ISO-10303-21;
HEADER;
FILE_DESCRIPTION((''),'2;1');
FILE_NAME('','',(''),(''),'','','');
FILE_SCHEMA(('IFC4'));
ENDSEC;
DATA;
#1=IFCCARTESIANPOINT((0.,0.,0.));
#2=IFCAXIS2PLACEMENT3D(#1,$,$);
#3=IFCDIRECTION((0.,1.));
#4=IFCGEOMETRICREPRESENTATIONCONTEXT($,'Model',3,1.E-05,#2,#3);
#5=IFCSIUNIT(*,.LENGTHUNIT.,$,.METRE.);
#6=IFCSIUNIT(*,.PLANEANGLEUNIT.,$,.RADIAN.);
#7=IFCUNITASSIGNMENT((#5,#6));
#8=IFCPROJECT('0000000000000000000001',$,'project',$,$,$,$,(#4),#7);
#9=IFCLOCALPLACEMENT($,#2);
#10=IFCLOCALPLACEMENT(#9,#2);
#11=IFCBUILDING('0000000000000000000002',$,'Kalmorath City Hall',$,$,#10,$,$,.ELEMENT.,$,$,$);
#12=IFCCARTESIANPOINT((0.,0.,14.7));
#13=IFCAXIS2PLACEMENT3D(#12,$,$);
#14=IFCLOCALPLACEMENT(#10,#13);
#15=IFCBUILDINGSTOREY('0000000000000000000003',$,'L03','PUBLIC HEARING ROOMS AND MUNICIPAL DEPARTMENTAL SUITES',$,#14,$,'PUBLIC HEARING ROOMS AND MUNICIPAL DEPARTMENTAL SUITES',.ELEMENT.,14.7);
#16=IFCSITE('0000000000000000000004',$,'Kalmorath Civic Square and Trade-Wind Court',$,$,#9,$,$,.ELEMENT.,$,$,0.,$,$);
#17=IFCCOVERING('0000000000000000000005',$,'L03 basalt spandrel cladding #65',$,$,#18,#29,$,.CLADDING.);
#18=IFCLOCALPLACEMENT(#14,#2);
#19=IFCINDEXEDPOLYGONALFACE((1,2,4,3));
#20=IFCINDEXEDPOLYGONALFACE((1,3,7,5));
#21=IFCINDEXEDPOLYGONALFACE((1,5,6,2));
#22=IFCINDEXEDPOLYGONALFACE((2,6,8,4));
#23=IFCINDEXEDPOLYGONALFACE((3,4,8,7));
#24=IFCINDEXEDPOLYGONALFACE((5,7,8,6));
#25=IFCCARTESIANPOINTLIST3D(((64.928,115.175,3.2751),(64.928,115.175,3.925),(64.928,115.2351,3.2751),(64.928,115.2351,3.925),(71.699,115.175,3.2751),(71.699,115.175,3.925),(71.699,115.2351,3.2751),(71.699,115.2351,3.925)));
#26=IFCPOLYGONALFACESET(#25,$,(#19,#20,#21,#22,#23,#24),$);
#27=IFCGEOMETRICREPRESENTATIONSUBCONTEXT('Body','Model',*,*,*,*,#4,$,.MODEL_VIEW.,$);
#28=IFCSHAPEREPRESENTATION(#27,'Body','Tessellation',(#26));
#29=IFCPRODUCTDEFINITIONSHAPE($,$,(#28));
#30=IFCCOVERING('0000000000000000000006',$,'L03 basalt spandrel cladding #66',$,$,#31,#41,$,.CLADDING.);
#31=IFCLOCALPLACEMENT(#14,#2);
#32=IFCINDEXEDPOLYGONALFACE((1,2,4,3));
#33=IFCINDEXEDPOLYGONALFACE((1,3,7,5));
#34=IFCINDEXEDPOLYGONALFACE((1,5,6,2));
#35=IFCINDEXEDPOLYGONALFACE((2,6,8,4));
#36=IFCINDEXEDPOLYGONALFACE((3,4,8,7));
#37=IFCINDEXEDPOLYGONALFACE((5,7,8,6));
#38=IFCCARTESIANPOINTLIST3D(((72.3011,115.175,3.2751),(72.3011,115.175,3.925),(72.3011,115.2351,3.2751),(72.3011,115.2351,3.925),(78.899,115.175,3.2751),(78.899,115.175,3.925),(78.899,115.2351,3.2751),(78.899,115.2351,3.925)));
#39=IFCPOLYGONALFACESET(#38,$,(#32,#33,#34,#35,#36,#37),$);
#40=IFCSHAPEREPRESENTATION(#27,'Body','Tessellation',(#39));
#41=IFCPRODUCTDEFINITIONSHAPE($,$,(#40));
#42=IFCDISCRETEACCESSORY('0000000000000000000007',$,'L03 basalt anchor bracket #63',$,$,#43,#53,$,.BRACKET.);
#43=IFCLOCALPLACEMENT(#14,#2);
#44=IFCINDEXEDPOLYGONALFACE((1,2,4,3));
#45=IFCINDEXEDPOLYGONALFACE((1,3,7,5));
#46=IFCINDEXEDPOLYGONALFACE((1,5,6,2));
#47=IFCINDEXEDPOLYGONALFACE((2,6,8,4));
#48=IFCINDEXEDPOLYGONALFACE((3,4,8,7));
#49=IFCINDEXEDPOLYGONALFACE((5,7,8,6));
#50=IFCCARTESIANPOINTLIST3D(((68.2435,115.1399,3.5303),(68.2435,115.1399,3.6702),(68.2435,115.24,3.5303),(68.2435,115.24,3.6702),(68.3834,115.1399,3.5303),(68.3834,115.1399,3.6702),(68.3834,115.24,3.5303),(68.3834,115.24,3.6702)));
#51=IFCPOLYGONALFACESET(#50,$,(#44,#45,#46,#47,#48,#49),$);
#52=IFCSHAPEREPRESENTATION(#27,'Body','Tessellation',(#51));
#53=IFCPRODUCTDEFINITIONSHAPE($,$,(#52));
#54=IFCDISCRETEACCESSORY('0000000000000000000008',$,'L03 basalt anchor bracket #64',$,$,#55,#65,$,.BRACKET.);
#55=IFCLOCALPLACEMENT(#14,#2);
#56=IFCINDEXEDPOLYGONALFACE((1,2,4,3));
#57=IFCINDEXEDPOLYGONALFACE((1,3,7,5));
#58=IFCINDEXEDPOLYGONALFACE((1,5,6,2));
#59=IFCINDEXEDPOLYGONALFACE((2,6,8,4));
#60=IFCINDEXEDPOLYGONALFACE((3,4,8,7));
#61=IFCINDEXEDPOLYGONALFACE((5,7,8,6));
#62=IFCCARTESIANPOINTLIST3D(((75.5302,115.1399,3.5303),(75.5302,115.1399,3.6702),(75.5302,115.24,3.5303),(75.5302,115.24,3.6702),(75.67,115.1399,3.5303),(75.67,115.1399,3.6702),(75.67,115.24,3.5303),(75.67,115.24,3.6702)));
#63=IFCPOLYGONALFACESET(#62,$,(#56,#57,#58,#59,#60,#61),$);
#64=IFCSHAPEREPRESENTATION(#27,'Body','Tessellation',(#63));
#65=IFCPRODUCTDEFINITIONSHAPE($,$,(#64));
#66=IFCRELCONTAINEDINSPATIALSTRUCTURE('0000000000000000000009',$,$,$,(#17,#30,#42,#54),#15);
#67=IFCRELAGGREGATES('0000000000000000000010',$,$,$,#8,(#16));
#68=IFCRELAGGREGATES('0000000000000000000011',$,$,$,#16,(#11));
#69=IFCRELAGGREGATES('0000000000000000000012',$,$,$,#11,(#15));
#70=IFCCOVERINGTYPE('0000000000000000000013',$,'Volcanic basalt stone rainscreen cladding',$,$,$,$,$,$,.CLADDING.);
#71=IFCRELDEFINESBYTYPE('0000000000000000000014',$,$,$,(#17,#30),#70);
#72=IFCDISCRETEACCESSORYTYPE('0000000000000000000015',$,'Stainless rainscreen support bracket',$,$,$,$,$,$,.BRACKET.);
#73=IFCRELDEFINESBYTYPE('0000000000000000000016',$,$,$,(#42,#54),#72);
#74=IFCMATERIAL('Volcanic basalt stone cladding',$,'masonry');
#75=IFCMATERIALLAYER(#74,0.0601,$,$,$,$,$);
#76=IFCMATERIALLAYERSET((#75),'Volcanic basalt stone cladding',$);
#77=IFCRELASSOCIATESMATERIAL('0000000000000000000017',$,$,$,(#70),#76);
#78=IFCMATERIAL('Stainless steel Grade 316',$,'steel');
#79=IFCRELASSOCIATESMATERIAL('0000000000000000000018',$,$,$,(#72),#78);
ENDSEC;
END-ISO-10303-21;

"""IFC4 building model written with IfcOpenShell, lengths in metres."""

from ifc_helpers import new_model, si_unit, direction, frame, origin, origin_2d, place, context, subcontext, project, spatial, rectangle, extrude, material, layer, layer_set, type_object, element, save


model = new_model("IFC4")

# Units and contexts
model_context = context("Model", 3, precision=1e-05, world=origin(), true_north=direction((0.0, 1.0)))
body_context = subcontext(model_context, "Body", "Model", "MODEL_VIEW")
ifc_project = project(units=[si_unit("LENGTHUNIT", "METRE"), si_unit("PLANEANGLEUNIT", "RADIAN")], contexts=[model_context])

# Site, building, storey
site_placement = place(None, origin())
site = spatial("IfcSite", under=ifc_project, at=site_placement, Name="Kalmorath Civic Square and Trade-Wind Court", CompositionType="ELEMENT", RefElevation=0.0)
building_placement = place(site_placement, origin())
building = spatial("IfcBuilding", under=site, at=building_placement, Name="Kalmorath City Hall", CompositionType="ELEMENT")
storey_placement = place(building_placement, frame((0.0, 0.0, 14.7)))
storey = spatial("IfcBuildingStorey", under=building, at=storey_placement, Name="L03", Description="PUBLIC HEARING ROOMS AND MUNICIPAL DEPARTMENTAL SUITES", LongName="PUBLIC HEARING ROOMS AND MUNICIPAL DEPARTMENTAL SUITES", CompositionType="ELEMENT", Elevation=14.7)

# Coverings
ifc_material_1 = material(Name="Volcanic basalt stone cladding", Category="masonry")
ifc_layer_1 = layer(ifc_material_1, 0.0601)
ifc_layer_set_1 = layer_set([ifc_layer_1], Name="Volcanic basalt stone cladding")
covering_type = type_object("IfcCoveringType", Name="Volcanic basalt stone rainscreen cladding", PredefinedType="CLADDING", material=ifc_layer_set_1)
covering_1_placement = place(storey_placement, frame((68.3135, 115.2051, 3.2751), z_axis=(0.0, 0.0, 1.0), x_axis=(1.0, 0.0, 0.0)))
element("IfcCovering", 1, at=covering_1_placement, inside=storey, type_object=covering_type, Name="L03 basalt spandrel cladding #65", PredefinedType="CLADDING", context=body_context, shape_type="SweptSolid", body=[
    extrude(rectangle(XDim=6.771, YDim=0.0601, at=origin_2d()), origin(), (0.0, 0.0, 1.0), 0.6499),
])
covering_2_placement = place(storey_placement, frame((75.6001, 115.2051, 3.2751), z_axis=(0.0, 0.0, 1.0), x_axis=(1.0, 0.0, 0.0)))
element("IfcCovering", 2, at=covering_2_placement, inside=storey, type_object=covering_type, Name="L03 basalt spandrel cladding #66", PredefinedType="CLADDING", context=body_context, shape_type="SweptSolid", body=[
    extrude(rectangle(XDim=6.5979, YDim=0.0601, at=origin_2d()), origin(), (0.0, 0.0, 1.0), 0.6499),
])

# Discrete accessories
ifc_material_2 = material(Name="Stainless steel Grade 316", Category="steel")
discrete_accessory_type = type_object("IfcDiscreteAccessoryType", Name="Stainless rainscreen support bracket", PredefinedType="BRACKET", material=ifc_material_2)
for number, where, z_axis, x_axis, name in (
    (3, (68.3135, 115.1899, 3.5303), (0.0, 0.0, 1.0), (1.0, 0.0, 0.0), "L03 basalt anchor bracket #63"),
    (4, (75.6001, 115.1899, 3.5303), (0.0, 0.0, 1.0), (1.0, 0.0, 0.0), "L03 basalt anchor bracket #64"),
):
    element("IfcDiscreteAccessory", number, at=place(storey_placement, frame(where, z_axis=z_axis, x_axis=x_axis)), inside=storey, type_object=discrete_accessory_type, Name=name, PredefinedType="BRACKET", context=body_context, shape_type="SweptSolid", body=[
        extrude(rectangle(XDim=0.1399, YDim=0.1001, at=origin_2d()), origin(), (0.0, 0.0, 1.0), 0.1399),
    ])

save(model, "model.ifc")
